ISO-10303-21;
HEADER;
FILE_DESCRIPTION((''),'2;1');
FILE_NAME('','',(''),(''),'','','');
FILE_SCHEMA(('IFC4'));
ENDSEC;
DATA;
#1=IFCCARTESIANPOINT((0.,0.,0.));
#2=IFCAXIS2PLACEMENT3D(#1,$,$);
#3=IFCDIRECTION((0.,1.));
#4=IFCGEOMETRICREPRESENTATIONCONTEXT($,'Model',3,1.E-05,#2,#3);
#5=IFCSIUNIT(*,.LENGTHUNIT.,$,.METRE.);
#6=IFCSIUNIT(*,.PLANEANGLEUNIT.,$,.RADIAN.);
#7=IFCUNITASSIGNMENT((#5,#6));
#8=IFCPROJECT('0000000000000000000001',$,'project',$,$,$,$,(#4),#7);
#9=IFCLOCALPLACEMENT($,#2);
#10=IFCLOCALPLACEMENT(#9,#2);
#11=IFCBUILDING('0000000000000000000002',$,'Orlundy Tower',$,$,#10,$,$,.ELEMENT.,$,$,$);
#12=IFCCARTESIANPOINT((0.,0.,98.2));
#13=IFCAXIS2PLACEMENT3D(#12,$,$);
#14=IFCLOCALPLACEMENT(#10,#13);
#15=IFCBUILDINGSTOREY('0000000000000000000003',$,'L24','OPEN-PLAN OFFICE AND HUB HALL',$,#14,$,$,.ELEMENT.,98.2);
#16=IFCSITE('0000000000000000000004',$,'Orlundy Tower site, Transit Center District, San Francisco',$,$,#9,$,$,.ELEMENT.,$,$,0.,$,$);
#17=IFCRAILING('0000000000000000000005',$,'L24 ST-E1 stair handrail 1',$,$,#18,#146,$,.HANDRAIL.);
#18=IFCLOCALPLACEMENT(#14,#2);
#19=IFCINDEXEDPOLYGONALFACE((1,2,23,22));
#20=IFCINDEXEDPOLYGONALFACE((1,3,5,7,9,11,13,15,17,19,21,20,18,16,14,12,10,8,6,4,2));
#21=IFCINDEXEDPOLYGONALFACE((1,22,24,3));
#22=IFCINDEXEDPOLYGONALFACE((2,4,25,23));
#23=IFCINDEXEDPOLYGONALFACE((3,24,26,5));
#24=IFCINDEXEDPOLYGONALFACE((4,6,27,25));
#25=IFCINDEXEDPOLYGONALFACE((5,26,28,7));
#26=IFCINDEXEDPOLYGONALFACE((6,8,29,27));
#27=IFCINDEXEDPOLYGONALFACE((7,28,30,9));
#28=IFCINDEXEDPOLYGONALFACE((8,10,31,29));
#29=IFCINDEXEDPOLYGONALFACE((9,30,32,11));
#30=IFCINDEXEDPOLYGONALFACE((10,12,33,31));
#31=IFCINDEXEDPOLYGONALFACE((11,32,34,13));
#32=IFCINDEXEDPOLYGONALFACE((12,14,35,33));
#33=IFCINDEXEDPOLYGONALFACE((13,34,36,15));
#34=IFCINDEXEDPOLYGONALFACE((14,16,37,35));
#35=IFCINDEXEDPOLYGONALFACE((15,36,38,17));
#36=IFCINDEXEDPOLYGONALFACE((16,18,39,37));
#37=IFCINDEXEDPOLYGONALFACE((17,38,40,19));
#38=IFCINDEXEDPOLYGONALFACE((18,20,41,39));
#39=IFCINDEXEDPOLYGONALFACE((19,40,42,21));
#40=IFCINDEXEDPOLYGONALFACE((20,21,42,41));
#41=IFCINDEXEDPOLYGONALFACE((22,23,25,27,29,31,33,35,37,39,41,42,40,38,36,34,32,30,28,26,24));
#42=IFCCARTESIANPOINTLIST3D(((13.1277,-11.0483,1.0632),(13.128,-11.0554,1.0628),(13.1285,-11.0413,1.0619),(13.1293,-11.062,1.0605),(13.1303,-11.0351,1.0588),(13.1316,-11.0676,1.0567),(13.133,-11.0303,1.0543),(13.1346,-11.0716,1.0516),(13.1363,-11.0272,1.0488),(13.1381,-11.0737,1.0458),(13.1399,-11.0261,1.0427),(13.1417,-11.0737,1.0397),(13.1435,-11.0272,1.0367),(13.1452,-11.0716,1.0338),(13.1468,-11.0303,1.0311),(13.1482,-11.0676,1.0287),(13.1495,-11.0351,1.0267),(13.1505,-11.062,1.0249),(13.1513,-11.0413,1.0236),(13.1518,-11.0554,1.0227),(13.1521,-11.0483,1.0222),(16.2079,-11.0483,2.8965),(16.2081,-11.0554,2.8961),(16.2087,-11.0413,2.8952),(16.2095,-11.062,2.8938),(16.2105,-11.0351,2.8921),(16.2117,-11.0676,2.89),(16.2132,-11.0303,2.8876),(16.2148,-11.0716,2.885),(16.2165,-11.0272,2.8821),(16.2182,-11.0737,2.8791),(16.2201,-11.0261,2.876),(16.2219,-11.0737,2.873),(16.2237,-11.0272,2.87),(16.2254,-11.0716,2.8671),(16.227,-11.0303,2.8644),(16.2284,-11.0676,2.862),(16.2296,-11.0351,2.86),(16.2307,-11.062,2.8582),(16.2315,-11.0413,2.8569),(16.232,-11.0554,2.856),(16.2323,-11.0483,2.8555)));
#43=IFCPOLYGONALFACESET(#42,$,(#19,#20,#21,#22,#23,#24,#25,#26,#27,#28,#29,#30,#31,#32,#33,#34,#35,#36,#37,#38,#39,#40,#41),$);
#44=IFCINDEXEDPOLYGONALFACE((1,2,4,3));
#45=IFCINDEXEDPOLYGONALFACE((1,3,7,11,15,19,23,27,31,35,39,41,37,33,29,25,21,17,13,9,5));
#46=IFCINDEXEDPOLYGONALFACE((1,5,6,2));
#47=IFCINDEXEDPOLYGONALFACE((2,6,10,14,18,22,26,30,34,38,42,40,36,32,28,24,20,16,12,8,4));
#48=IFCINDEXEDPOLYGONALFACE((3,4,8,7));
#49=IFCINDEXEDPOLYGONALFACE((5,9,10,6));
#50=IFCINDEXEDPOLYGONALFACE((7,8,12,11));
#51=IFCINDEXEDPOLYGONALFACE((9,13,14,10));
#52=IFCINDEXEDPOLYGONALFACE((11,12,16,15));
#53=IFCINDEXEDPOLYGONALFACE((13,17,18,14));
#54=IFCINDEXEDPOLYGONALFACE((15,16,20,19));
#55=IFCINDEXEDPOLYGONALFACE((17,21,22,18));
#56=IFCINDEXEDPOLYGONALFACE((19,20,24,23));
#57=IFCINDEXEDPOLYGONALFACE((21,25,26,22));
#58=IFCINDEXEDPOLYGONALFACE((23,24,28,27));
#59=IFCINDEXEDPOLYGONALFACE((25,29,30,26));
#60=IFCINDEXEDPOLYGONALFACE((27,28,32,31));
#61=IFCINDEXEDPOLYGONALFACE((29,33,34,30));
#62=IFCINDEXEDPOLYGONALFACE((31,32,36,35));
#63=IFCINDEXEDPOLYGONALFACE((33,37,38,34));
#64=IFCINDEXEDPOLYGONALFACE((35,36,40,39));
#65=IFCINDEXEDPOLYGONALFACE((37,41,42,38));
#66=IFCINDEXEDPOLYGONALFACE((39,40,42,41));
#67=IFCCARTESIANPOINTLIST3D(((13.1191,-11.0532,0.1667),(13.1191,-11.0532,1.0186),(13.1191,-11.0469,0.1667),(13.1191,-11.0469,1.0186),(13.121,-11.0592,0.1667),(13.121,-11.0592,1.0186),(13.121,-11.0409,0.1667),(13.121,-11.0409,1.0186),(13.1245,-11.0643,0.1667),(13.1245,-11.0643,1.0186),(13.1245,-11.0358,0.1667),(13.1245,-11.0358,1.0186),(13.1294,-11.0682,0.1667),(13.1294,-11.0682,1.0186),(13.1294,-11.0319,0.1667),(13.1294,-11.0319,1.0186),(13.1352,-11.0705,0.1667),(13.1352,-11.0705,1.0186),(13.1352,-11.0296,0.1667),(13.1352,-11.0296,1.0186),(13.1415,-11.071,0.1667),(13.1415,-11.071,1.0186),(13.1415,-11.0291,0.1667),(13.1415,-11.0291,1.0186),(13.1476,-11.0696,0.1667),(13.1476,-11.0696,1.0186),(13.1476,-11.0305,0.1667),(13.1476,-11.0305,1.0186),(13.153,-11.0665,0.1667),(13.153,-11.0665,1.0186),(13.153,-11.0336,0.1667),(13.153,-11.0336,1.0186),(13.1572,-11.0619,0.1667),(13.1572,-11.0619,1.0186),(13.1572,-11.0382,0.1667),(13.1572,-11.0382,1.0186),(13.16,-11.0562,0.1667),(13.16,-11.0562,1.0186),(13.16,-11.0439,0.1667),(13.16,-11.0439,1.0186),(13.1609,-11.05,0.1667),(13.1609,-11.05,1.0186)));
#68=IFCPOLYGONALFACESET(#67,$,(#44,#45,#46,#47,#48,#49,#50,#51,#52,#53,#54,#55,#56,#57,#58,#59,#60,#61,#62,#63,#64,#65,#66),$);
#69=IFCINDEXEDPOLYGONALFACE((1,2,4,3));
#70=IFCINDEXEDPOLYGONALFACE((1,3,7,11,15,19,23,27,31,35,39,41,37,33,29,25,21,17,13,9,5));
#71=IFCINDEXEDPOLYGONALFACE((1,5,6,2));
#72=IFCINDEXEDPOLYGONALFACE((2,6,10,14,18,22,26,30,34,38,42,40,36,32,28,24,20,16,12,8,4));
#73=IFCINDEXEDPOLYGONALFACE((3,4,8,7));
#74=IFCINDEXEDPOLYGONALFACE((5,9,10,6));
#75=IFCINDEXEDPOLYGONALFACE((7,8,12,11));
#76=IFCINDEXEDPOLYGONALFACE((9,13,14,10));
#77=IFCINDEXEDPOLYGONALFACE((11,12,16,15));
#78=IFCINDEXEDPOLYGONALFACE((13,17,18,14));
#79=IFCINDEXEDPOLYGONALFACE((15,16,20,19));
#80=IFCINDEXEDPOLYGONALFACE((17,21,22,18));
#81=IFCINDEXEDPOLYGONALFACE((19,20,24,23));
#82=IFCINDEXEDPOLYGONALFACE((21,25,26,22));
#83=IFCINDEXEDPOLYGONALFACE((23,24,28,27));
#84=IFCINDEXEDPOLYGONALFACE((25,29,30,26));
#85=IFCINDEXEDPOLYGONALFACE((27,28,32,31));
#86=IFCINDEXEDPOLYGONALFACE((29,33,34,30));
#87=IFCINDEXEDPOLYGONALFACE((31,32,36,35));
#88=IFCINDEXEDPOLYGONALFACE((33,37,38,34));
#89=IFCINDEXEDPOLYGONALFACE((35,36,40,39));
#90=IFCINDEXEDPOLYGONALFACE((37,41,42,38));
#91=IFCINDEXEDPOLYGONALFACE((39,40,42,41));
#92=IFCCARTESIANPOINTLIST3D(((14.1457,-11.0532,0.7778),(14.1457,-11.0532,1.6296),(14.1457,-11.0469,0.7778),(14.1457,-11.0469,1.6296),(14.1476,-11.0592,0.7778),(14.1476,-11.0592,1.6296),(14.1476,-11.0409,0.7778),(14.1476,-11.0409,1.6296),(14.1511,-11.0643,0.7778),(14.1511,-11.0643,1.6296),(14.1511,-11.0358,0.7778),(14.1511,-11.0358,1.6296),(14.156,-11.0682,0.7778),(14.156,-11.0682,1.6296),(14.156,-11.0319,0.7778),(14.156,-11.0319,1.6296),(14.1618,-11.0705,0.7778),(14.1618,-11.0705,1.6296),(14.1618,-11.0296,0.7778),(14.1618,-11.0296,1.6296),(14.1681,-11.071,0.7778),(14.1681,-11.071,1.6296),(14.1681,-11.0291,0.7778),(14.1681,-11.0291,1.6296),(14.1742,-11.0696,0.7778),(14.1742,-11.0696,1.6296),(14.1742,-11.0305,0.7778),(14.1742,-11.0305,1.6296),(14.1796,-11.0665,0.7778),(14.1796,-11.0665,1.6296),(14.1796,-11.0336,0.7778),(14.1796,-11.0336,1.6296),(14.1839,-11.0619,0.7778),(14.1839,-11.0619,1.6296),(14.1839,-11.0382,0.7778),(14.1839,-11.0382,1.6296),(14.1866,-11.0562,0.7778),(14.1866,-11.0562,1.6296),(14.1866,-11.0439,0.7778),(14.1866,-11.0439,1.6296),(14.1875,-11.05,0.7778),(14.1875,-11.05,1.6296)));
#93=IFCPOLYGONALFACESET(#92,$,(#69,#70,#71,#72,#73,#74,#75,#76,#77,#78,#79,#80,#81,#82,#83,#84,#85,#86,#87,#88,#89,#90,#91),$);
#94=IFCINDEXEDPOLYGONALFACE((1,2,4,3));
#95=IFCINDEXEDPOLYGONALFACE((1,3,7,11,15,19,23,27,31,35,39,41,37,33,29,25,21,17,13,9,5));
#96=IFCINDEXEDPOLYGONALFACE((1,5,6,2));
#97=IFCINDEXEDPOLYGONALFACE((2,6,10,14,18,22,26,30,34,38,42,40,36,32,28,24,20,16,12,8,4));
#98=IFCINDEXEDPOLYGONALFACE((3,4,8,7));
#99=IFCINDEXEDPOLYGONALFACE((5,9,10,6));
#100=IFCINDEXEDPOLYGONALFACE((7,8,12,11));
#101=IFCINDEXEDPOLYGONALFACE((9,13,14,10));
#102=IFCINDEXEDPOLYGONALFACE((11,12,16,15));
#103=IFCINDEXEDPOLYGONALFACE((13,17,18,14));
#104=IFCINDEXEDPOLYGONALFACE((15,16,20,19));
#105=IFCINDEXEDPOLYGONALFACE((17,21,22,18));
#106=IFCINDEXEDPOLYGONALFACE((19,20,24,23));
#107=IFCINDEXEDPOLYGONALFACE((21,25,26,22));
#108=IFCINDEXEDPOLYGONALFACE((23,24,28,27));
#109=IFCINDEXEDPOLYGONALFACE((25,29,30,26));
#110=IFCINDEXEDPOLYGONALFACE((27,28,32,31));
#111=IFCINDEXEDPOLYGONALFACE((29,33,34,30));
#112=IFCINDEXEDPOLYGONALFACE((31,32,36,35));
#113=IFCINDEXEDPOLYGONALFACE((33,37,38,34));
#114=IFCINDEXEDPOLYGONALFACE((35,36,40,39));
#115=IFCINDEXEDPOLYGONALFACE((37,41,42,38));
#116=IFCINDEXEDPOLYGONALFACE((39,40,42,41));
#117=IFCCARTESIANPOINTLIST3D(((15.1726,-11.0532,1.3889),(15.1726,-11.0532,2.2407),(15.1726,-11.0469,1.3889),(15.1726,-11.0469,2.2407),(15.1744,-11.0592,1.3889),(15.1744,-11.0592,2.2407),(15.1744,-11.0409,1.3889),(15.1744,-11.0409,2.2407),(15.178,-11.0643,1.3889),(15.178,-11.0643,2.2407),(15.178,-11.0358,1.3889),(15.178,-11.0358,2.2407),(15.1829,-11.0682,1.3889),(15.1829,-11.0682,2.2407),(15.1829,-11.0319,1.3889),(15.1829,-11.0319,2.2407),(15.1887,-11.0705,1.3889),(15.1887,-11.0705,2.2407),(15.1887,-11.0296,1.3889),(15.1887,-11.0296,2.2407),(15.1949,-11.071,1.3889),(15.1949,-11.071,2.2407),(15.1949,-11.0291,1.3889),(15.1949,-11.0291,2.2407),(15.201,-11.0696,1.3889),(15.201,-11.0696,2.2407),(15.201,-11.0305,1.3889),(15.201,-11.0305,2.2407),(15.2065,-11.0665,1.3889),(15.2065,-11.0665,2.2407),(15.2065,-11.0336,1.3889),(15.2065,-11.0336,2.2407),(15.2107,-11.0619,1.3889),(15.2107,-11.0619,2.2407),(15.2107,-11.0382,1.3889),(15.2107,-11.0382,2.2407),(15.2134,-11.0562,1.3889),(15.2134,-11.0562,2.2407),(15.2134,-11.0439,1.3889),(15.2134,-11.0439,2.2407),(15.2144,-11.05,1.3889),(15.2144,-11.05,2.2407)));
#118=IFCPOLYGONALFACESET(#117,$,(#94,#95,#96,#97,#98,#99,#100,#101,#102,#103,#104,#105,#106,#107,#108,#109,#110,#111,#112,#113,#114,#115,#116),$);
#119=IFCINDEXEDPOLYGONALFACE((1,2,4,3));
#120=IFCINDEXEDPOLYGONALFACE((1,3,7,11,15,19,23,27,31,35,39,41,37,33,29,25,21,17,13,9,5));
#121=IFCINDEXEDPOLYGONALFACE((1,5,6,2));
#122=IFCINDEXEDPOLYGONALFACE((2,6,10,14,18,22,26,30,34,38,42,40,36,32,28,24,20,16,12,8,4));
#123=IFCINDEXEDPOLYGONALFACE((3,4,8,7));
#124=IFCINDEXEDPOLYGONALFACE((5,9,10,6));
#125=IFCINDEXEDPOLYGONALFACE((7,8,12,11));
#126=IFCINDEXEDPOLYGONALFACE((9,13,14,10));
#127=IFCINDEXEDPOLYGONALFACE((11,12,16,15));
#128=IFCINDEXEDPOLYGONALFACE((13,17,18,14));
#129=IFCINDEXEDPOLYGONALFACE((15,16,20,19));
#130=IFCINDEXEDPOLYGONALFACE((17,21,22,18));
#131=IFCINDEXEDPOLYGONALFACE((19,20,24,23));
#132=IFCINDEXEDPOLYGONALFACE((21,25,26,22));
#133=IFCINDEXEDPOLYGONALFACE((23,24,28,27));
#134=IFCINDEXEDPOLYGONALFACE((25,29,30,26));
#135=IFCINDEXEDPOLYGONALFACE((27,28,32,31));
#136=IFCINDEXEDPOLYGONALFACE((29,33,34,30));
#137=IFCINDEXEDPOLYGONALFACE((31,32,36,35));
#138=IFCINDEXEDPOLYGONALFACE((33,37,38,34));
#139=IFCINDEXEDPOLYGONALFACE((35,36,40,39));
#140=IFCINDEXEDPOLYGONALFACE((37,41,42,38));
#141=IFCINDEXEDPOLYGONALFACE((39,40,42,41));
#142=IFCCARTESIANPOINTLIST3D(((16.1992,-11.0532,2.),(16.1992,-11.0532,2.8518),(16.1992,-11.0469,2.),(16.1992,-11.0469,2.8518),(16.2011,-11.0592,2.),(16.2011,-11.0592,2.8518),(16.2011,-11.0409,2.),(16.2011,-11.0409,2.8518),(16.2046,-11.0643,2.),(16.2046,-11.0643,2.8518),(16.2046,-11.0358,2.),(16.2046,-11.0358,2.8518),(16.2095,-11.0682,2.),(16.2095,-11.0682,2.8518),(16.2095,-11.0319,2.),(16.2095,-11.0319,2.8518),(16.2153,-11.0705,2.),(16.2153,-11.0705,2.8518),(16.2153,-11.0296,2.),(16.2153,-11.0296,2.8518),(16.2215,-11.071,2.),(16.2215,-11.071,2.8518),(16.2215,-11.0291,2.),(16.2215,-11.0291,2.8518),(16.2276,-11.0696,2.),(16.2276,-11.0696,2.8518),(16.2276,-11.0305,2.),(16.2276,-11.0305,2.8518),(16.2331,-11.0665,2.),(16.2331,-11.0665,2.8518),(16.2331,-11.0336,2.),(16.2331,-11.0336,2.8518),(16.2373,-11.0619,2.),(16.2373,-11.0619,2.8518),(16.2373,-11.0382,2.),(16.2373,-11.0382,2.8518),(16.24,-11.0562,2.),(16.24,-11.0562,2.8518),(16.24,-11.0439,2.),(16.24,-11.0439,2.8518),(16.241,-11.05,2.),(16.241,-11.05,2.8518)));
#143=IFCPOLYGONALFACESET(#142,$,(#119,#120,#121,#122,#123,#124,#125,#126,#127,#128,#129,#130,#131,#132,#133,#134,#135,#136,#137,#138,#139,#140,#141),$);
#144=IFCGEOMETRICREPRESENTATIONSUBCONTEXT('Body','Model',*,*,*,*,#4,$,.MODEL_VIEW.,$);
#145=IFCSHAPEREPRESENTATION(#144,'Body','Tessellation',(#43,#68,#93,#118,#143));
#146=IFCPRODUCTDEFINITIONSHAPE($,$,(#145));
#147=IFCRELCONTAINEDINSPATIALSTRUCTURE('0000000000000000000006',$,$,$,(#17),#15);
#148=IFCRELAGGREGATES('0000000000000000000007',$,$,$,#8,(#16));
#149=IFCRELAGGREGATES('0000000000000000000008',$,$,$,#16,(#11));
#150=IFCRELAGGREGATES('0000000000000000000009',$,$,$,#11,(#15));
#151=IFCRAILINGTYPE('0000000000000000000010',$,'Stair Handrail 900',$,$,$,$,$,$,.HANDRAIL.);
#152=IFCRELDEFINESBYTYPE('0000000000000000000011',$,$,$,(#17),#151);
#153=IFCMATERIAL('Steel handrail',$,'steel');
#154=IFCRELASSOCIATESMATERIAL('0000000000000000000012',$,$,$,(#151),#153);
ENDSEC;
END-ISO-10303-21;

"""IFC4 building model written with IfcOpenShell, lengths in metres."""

from ifc_helpers import new_model, si_unit, direction, frame, origin, origin_2d, place, context, subcontext, project, spatial, circle, extrude, material, type_object, element, save


model = new_model("IFC4")

# Units and contexts
model_context = context("Model", 3, precision=1e-05, world=origin(), true_north=direction((0.0, 1.0)))
body_context = subcontext(model_context, "Body", "Model", "MODEL_VIEW")
ifc_project = project(units=[si_unit("LENGTHUNIT", "METRE"), si_unit("PLANEANGLEUNIT", "RADIAN")], contexts=[model_context])

# Site, building, storey
site_placement = place(None, origin())
site = spatial("IfcSite", under=ifc_project, at=site_placement, Name="Orlundy Tower site, Transit Center District, San Francisco", CompositionType="ELEMENT", RefElevation=0.0)
building_placement = place(site_placement, origin())
building = spatial("IfcBuilding", under=site, at=building_placement, Name="Orlundy Tower", CompositionType="ELEMENT")
storey_placement = place(building_placement, frame((0.0, 0.0, 98.2)))
storey = spatial("IfcBuildingStorey", under=building, at=storey_placement, Name="L24", Description="OPEN-PLAN OFFICE AND HUB HALL", CompositionType="ELEMENT", Elevation=98.2)

# Railing
ifc_material_1 = material(Name="Steel handrail", Category="steel")
railing_type_1 = type_object("IfcRailingType", Name="Stair Handrail 900", PredefinedType="HANDRAIL", material=ifc_material_1)
railing_1_placement = place(storey_placement, frame((13.1399, -11.05, 0.1667)))
element("IfcRailing", 1, at=railing_1_placement, inside=storey, type_object=railing_type_1, Name="L24 ST-E1 stair handrail 1", PredefinedType="HANDRAIL", context=body_context, shape_type="SweptSolid", body=[
    extrude(circle(Radius=0.0239, at=origin_2d()), frame((0.0, 0.0, 0.876), z_axis=(0.859309, 0.0, 0.511458), x_axis=(0.0, 1.0, 0.0)), (0.0, 0.0, 1.0), 3.5845),
    extrude(circle(Radius=0.021, at=origin_2d()), origin(), (0.0, 0.0, 1.0), 0.8518),
    extrude(circle(Radius=0.021, at=origin_2d()), frame((1.0266, 0.0, 0.6111)), (0.0, 0.0, 1.0), 0.8518),
    extrude(circle(Radius=0.021, at=origin_2d()), frame((2.0535, 0.0, 1.2222)), (0.0, 0.0, 1.0), 0.8518),
    extrude(circle(Radius=0.021, at=origin_2d()), frame((3.0801, 0.0, 1.8333)), (0.0, 0.0, 1.0), 0.8518),
])

save(model, "model.ifc")
